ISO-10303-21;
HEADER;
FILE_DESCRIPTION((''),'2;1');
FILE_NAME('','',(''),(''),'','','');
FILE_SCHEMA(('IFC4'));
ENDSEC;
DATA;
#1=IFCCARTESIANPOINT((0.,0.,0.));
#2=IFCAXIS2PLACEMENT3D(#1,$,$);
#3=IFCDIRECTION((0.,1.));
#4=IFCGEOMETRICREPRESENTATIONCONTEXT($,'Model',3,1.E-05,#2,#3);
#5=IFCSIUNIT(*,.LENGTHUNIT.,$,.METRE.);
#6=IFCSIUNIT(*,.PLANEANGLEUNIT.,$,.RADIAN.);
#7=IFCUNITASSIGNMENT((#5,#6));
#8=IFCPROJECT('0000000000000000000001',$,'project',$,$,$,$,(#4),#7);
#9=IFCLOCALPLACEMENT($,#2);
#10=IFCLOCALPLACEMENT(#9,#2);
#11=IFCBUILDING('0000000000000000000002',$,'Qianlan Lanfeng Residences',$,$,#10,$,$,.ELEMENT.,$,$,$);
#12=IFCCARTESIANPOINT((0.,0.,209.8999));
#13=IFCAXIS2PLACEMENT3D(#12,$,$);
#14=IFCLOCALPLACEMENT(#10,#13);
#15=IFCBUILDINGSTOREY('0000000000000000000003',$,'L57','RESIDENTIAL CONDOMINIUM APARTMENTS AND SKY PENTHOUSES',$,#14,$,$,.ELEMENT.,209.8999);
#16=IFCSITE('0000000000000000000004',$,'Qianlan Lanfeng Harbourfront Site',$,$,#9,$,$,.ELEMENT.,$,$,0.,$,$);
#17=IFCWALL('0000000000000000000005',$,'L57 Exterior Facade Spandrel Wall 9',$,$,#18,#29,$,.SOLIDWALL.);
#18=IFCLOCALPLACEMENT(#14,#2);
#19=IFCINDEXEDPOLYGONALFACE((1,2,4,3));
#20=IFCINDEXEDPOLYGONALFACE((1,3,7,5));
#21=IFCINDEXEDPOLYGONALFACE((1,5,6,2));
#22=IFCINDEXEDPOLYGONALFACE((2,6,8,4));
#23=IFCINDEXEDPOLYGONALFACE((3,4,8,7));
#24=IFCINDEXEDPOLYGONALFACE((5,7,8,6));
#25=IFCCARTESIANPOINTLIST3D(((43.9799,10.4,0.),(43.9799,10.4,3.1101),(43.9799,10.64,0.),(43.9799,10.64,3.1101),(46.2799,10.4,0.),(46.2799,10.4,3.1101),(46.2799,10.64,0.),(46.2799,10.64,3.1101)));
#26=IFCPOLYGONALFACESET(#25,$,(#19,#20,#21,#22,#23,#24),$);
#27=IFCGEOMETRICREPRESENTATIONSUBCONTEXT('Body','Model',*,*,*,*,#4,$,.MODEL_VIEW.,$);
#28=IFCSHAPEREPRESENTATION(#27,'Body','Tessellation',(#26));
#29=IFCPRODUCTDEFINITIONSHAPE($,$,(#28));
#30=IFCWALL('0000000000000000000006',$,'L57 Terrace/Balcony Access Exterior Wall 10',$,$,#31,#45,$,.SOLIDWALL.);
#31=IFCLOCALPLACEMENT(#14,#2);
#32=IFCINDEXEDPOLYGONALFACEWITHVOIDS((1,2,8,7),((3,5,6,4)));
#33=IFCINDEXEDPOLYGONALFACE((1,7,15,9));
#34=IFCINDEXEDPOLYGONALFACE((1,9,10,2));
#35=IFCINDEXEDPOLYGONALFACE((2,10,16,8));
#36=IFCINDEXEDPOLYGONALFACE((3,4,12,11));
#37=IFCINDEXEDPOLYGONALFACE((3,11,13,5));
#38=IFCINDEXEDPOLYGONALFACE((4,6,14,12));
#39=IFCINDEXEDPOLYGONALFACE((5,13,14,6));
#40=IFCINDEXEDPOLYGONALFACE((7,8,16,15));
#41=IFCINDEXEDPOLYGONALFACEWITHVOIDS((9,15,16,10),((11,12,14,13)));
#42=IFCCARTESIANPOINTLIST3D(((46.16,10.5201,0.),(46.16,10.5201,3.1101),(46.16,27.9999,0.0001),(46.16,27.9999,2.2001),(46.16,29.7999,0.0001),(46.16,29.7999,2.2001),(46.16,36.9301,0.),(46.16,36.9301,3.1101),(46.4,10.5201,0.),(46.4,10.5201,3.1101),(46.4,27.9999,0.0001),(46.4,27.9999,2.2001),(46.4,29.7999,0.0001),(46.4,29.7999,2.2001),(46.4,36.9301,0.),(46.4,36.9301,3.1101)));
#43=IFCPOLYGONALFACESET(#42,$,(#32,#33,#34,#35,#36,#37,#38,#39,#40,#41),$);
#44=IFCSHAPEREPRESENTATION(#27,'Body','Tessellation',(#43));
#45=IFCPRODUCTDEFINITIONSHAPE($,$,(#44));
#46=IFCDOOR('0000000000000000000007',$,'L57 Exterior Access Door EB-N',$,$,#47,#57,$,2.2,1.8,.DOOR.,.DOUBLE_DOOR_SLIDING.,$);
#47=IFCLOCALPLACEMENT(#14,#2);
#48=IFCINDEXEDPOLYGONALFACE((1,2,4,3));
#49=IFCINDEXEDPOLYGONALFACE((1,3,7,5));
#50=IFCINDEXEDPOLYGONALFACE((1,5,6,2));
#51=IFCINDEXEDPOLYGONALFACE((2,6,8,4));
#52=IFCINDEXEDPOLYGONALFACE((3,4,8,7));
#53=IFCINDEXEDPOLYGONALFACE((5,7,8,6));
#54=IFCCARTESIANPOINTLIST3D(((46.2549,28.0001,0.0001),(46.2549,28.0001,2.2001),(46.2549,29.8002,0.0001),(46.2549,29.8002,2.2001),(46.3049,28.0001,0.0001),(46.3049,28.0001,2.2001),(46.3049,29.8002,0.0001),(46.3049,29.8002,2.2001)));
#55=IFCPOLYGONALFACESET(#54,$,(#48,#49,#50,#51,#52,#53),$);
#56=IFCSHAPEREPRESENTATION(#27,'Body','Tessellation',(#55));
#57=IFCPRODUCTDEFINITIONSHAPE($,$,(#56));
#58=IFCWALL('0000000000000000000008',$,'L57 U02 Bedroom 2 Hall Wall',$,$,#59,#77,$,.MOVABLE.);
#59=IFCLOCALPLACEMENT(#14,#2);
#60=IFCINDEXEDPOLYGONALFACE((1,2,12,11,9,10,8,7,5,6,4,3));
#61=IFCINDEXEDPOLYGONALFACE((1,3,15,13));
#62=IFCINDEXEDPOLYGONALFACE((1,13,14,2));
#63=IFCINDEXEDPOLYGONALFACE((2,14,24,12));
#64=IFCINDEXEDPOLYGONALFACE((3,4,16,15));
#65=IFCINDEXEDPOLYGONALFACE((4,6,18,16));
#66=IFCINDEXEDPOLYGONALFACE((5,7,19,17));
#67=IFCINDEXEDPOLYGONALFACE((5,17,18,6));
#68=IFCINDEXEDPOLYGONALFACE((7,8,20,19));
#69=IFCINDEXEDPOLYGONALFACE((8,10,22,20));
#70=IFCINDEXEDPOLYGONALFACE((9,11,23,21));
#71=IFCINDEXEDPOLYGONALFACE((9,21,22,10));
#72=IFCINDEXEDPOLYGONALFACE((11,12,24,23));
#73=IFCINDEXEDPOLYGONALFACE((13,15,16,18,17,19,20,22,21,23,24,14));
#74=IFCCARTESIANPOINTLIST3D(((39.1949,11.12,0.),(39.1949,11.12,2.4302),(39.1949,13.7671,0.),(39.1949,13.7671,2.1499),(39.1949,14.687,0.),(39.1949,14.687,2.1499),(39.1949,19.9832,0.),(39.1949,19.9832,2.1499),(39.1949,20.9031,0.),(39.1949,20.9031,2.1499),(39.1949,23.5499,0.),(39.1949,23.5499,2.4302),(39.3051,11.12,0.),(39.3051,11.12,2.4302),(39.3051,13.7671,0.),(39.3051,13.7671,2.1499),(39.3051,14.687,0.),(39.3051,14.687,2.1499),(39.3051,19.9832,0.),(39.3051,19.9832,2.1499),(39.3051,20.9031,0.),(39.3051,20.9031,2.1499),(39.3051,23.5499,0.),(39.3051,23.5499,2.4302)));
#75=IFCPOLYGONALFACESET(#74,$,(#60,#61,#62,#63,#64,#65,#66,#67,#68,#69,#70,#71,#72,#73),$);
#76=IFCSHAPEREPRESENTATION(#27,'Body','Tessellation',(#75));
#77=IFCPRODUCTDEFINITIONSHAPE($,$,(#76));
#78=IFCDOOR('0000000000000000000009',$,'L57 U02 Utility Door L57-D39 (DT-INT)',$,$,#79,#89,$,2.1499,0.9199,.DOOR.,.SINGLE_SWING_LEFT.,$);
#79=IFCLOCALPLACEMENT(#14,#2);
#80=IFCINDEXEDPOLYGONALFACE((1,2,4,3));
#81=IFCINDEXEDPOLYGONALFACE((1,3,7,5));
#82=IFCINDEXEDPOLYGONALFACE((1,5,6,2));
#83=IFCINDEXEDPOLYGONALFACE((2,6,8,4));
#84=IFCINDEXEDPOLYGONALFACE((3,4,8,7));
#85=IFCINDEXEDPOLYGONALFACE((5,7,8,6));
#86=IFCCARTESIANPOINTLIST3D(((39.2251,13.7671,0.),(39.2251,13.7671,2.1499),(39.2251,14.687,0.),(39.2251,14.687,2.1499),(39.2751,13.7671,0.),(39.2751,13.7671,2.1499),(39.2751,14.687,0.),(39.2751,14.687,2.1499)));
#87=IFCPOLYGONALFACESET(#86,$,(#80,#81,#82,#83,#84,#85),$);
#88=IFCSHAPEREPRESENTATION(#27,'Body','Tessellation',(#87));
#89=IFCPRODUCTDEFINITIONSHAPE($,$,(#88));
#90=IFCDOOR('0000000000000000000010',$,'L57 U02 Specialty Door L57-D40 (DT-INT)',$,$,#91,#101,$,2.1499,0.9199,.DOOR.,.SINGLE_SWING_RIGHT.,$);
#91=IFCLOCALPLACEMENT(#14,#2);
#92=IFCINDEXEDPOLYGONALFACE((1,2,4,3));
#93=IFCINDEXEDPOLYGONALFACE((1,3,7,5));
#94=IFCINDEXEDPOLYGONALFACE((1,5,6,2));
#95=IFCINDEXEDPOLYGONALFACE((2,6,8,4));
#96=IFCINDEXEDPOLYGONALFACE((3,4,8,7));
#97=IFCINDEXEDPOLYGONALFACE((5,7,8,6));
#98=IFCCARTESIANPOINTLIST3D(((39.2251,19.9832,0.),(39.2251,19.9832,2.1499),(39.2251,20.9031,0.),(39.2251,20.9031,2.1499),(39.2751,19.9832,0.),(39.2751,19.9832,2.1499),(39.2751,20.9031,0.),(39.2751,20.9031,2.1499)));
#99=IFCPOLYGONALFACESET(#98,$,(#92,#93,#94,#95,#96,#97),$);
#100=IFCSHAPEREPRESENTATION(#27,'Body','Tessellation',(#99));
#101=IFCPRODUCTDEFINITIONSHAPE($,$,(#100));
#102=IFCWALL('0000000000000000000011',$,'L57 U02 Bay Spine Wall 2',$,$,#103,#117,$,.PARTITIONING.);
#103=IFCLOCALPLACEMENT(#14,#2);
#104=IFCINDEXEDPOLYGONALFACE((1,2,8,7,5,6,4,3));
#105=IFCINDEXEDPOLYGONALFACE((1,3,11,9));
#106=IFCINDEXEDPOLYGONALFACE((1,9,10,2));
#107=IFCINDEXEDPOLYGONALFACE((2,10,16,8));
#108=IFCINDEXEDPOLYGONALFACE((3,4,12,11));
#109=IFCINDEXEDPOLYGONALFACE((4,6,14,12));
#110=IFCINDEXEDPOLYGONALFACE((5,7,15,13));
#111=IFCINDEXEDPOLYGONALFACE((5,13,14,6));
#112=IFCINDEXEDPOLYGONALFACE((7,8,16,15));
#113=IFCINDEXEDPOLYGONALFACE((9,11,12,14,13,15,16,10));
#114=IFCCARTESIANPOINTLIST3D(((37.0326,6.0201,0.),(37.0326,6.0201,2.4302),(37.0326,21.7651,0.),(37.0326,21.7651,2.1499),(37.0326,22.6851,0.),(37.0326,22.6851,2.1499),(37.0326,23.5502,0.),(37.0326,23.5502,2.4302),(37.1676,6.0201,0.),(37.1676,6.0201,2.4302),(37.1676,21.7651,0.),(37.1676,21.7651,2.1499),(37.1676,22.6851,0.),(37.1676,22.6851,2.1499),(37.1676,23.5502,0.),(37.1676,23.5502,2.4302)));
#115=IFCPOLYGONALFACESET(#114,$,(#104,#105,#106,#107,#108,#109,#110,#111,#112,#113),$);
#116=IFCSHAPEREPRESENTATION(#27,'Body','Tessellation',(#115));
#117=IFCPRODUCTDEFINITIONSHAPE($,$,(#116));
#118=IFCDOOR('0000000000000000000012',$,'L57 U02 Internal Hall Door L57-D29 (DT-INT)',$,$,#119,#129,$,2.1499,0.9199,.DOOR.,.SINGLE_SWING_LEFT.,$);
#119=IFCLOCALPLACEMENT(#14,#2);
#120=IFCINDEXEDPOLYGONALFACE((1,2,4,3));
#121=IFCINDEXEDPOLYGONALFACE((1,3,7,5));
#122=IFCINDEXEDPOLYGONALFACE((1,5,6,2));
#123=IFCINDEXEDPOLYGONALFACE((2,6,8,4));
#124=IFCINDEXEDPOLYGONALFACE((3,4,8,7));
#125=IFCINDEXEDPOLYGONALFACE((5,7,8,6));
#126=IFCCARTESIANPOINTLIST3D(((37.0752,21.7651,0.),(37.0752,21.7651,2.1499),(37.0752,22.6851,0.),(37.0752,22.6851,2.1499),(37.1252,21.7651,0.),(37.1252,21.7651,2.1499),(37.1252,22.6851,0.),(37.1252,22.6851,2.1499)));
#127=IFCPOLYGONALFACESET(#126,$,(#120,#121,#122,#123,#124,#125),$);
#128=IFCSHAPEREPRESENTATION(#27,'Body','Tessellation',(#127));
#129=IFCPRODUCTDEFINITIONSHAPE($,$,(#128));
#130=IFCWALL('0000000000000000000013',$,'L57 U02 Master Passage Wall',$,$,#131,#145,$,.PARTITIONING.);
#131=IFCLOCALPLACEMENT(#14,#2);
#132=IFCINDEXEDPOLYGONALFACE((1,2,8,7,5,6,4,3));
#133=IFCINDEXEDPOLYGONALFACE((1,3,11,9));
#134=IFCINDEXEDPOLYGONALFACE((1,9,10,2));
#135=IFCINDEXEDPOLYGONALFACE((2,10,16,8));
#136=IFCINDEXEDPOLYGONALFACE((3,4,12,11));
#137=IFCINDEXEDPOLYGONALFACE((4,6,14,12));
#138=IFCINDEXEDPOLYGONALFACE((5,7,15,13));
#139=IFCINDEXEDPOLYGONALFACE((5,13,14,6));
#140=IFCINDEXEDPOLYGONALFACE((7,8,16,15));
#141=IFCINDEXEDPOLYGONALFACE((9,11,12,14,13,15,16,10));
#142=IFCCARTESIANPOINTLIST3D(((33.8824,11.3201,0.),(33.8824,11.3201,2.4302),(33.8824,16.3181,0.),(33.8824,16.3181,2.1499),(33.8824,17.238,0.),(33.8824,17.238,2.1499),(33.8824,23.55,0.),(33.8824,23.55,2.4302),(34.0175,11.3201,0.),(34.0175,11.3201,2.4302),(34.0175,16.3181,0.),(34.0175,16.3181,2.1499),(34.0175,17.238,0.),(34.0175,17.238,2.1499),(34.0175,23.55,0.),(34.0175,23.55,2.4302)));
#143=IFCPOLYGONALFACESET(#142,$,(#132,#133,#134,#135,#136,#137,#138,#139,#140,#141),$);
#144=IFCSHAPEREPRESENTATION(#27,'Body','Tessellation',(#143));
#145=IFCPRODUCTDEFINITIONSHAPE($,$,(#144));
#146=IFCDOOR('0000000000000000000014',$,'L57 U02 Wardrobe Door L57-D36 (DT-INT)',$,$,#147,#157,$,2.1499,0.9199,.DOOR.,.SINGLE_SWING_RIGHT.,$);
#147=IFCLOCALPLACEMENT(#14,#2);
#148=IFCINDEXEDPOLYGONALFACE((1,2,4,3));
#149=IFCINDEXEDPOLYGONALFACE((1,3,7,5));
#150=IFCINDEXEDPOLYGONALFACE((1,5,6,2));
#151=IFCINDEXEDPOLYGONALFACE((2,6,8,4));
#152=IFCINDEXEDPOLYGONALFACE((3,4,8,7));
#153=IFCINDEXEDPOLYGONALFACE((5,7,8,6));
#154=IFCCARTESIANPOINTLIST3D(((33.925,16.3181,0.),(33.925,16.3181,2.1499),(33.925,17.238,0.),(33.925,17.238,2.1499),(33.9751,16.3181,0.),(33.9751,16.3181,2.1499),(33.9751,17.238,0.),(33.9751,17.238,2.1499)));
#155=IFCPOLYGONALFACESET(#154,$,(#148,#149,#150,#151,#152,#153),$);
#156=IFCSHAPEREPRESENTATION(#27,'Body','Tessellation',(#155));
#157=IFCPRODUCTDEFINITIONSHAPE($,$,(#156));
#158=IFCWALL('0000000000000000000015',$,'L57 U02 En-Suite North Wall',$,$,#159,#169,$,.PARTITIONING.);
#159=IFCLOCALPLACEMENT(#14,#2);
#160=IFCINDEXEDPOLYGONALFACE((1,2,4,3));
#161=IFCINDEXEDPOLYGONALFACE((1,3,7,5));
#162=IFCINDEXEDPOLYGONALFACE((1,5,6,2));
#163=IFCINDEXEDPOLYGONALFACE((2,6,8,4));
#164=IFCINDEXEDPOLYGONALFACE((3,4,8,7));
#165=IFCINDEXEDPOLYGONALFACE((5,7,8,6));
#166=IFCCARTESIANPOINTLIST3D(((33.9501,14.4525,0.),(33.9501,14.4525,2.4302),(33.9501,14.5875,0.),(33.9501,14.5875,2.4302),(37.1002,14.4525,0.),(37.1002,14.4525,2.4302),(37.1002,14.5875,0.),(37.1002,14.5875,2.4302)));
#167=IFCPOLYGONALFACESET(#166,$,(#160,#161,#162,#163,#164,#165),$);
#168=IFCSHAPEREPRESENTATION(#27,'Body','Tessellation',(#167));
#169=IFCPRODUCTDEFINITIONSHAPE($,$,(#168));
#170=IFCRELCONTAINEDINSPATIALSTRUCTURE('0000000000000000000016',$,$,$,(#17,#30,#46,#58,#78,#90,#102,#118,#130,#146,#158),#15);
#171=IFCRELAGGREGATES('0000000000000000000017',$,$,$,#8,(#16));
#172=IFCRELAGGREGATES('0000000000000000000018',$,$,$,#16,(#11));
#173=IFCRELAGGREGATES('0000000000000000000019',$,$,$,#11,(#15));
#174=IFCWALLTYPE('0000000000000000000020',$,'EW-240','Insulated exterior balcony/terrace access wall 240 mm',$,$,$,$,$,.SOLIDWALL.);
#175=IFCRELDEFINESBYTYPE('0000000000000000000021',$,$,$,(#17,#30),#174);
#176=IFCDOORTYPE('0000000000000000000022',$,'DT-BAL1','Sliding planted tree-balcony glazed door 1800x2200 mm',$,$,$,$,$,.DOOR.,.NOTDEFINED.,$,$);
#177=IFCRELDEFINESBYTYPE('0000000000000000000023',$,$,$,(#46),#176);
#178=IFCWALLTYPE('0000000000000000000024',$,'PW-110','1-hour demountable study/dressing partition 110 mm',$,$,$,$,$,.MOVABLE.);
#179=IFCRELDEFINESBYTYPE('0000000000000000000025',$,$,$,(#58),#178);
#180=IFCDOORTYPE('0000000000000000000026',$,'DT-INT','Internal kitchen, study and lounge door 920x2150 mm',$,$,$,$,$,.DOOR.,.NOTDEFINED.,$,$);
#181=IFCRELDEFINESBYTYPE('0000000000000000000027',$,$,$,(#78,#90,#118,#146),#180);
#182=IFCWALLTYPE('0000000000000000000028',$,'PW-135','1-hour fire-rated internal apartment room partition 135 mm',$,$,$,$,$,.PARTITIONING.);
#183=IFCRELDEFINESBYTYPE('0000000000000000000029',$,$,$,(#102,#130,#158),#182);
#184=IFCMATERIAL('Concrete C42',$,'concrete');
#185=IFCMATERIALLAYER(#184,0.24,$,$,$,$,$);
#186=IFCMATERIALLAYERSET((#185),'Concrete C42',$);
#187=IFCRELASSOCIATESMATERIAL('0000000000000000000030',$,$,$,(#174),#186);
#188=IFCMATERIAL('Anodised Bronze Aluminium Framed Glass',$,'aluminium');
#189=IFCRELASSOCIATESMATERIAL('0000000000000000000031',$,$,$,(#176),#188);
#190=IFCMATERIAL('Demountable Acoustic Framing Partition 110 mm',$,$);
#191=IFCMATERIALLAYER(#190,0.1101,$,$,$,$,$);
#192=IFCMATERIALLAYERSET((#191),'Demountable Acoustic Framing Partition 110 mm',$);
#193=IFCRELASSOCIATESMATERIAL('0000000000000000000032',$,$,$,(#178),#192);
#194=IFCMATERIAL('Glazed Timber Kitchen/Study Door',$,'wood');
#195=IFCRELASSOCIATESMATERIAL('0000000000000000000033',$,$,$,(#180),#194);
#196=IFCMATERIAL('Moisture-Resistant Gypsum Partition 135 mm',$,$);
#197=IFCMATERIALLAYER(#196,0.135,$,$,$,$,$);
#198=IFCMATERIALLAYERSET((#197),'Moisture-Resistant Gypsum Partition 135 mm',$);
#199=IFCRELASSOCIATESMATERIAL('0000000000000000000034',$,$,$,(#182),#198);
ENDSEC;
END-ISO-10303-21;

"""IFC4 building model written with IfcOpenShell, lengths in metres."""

from ifc_helpers import new_model, si_unit, direction, frame, frame_2d, origin, place, context, subcontext, project, spatial, rectangle, extrude, material, layer, layer_set, type_object, element, fill, save


model = new_model("IFC4")

# Units and contexts
model_context = context("Model", 3, precision=1e-05, world=origin(), true_north=direction((0.0, 1.0)))
body_context = subcontext(model_context, "Body", "Model", "MODEL_VIEW")
ifc_project = project(units=[si_unit("LENGTHUNIT", "METRE"), si_unit("PLANEANGLEUNIT", "RADIAN")], contexts=[model_context])

# Site, building, storey
site_placement = place(None, origin())
site = spatial("IfcSite", under=ifc_project, at=site_placement, Name="Qianlan Lanfeng Harbourfront Site", CompositionType="ELEMENT", RefElevation=0.0)
building_placement = place(site_placement, origin())
building = spatial("IfcBuilding", under=site, at=building_placement, Name="Qianlan Lanfeng Residences", CompositionType="ELEMENT")
storey_placement = place(building_placement, frame((0.0, 0.0, 209.8999)))
storey = spatial("IfcBuildingStorey", under=building, at=storey_placement, Name="L57", Description="RESIDENTIAL CONDOMINIUM APARTMENTS AND SKY PENTHOUSES", CompositionType="ELEMENT", Elevation=209.8999)

# Shared definitions
ifc_material_1 = material(Name="Concrete C42", Category="concrete")
ifc_layer_1 = layer(ifc_material_1, 0.24)
ifc_layer_set_1 = layer_set([ifc_layer_1], Name="Concrete C42")
wall_type_1 = type_object("IfcWallType", Name="EW-240", Description="Insulated exterior balcony/terrace access wall 240 mm", PredefinedType="SOLIDWALL", material=ifc_layer_set_1)

# Wall
for number, where, z_axis, x_axis, name in (
    (1, (43.98, 10.52, 0.0), (0.0, 0.0, 1.0), (1.0, 0.0, 0.0), "L57 Exterior Facade Spandrel Wall 9"),
):
    element("IfcWall", number, at=place(storey_placement, frame(where, z_axis=z_axis, x_axis=x_axis)), inside=storey, type_object=wall_type_1, Name=name, PredefinedType="SOLIDWALL", context=body_context, shape_type="SweptSolid", body=[
        extrude(rectangle(XDim=2.3, YDim=0.24, at=frame_2d((1.1499, 0.0))), origin(), (0.0, 0.0, 1.0), 3.1101),
    ])

# Wall, opening, door
wall_1_placement = place(storey_placement, frame((46.28, 10.52, 0.0), z_axis=(0.0, 0.0, 1.0), x_axis=(0.0, 1.0, 0.0)))
wall_1 = element("IfcWall", 2, at=wall_1_placement, inside=storey, type_object=wall_type_1, Name="L57 Terrace/Balcony Access Exterior Wall 10", PredefinedType="SOLIDWALL", context=body_context, shape_type="SweptSolid", body=[
    extrude(rectangle(XDim=26.4099, YDim=0.24, at=frame_2d((13.2051, 0.0))), origin(), (0.0, 0.0, 1.0), 3.1101),
])
opening_1_placement = place(wall_1_placement, frame((17.48, 0.0, 0.0)))
opening_1 = element("IfcOpeningElement", 3, at=opening_1_placement, cuts=wall_1, PredefinedType="OPENING", context=body_context, shape_type="SweptSolid", body=[
    extrude(rectangle(XDim=1.8, YDim=2.2, at=frame_2d((0.8999, 1.1001))), frame((0.0, 0.1299, 0.0), z_axis=(0.0, -1.0, 0.0), x_axis=(1.0, 0.0, 0.0)), (0.0, 0.0, 1.0), 0.26),
])
ifc_material_2 = material(Name="Anodised Bronze Aluminium Framed Glass", Category="aluminium")
door_type_1 = type_object("IfcDoorType", Name="DT-BAL1", Description="Sliding planted tree-balcony glazed door 1800x2200 mm", OperationType="NOTDEFINED", PredefinedType="DOOR", material=ifc_material_2)
door_1_placement = place(opening_1_placement, frame((1.8, 0.0, 0.0), z_axis=(0.0, 0.0, 1.0), x_axis=(-1.0, 0.0, 0.0)))
door_1 = element("IfcDoor", 4, at=door_1_placement, inside=storey, type_object=door_type_1, Name="L57 Exterior Access Door EB-N", OperationType="DOUBLE_DOOR_SLIDING", OverallHeight=2.2, OverallWidth=1.8, PredefinedType="DOOR", context=body_context, shape_type="SweptSolid", body=[
    extrude(rectangle(XDim=1.8, YDim=2.2, at=frame_2d((0.8999, 1.1001))), frame((0.0, 0.0249, 0.0), z_axis=(0.0, -1.0, 0.0), x_axis=(1.0, 0.0, 0.0)), (0.0, 0.0, 1.0), 0.05),
])
fill(opening_1, door_1)

# Wall, openings, doors
ifc_material_3 = material(Name="Demountable Acoustic Framing Partition 110 mm")
ifc_layer_2 = layer(ifc_material_3, 0.1101)
ifc_layer_set_2 = layer_set([ifc_layer_2], Name="Demountable Acoustic Framing Partition 110 mm")
wall_type_2 = type_object("IfcWallType", Name="PW-110", Description="1-hour demountable study/dressing partition 110 mm", PredefinedType="MOVABLE", material=ifc_layer_set_2)
wall_2_placement = place(storey_placement, frame((39.25, 11.1201, 0.0), z_axis=(0.0, 0.0, 1.0), x_axis=(0.0, 1.0, 0.0)))
wall_2 = element("IfcWall", 5, at=wall_2_placement, inside=storey, type_object=wall_type_2, Name="L57 U02 Bedroom 2 Hall Wall", PredefinedType="MOVABLE", context=body_context, shape_type="SweptSolid", body=[
    extrude(rectangle(XDim=12.4299, YDim=0.1101, at=frame_2d((6.2148, 0.0))), origin(), (0.0, 0.0, 1.0), 2.4302),
])
opening_2_placement = place(wall_2_placement, frame((2.647, 0.0, 0.0)))
opening_2 = element("IfcOpeningElement", 6, at=opening_2_placement, cuts=wall_2, PredefinedType="OPENING", context=body_context, shape_type="SweptSolid", body=[
    extrude(rectangle(XDim=0.9199, YDim=2.1499, at=frame_2d((0.46, 1.075))), frame((0.0, 0.0649, 0.0), z_axis=(0.0, -1.0, 0.0), x_axis=(1.0, 0.0, 0.0)), (0.0, 0.0, 1.0), 0.1301),
])
opening_3_placement = place(wall_2_placement, frame((8.863, 0.0, 0.0)))
opening_3 = element("IfcOpeningElement", 7, at=opening_3_placement, cuts=wall_2, PredefinedType="OPENING", context=body_context, shape_type="SweptSolid", body=[
    extrude(rectangle(XDim=0.9199, YDim=2.1499, at=frame_2d((0.46, 1.075))), frame((0.0, 0.0649, 0.0), z_axis=(0.0, -1.0, 0.0), x_axis=(1.0, 0.0, 0.0)), (0.0, 0.0, 1.0), 0.1301),
])
ifc_material_4 = material(Name="Glazed Timber Kitchen/Study Door", Category="wood")
door_type_2 = type_object("IfcDoorType", Name="DT-INT", Description="Internal kitchen, study and lounge door 920x2150 mm", OperationType="NOTDEFINED", PredefinedType="DOOR", material=ifc_material_4)
door_2_placement = place(opening_2_placement, origin())
door_2 = element("IfcDoor", 8, at=door_2_placement, inside=storey, type_object=door_type_2, Name="L57 U02 Utility Door L57-D39 (DT-INT)", OperationType="SINGLE_SWING_LEFT", OverallHeight=2.1499, OverallWidth=0.9199, PredefinedType="DOOR", context=body_context, shape_type="SweptSolid", body=[
    extrude(rectangle(XDim=0.9199, YDim=2.1499, at=frame_2d((0.46, 1.075))), frame((0.0, 0.0249, 0.0), z_axis=(0.0, -1.0, 0.0), x_axis=(1.0, 0.0, 0.0)), (0.0, 0.0, 1.0), 0.05),
])
fill(opening_2, door_2)
door_3_placement = place(opening_3_placement, origin())
door_3 = element("IfcDoor", 9, at=door_3_placement, inside=storey, type_object=door_type_2, Name="L57 U02 Specialty Door L57-D40 (DT-INT)", OperationType="SINGLE_SWING_RIGHT", OverallHeight=2.1499, OverallWidth=0.9199, PredefinedType="DOOR", context=body_context, shape_type="SweptSolid", body=[
    extrude(rectangle(XDim=0.9199, YDim=2.1499, at=frame_2d((0.46, 1.075))), frame((0.0, 0.0249, 0.0), z_axis=(0.0, -1.0, 0.0), x_axis=(1.0, 0.0, 0.0)), (0.0, 0.0, 1.0), 0.05),
])
fill(opening_3, door_3)

# Walls, openings, doors
ifc_material_5 = material(Name="Moisture-Resistant Gypsum Partition 135 mm")
ifc_layer_3 = layer(ifc_material_5, 0.135)
ifc_layer_set_3 = layer_set([ifc_layer_3], Name="Moisture-Resistant Gypsum Partition 135 mm")
wall_type_3 = type_object("IfcWallType", Name="PW-135", Description="1-hour fire-rated internal apartment room partition 135 mm", PredefinedType="PARTITIONING", material=ifc_layer_set_3)
wall_3_placement = place(storey_placement, frame((37.1001, 6.02, 0.0), z_axis=(0.0, 0.0, 1.0), x_axis=(0.0, 1.0, 0.0)))
wall_3 = element("IfcWall", 10, at=wall_3_placement, inside=storey, type_object=wall_type_3, Name="L57 U02 Bay Spine Wall 2", PredefinedType="PARTITIONING", context=body_context, shape_type="SweptSolid", body=[
    extrude(rectangle(XDim=17.53, YDim=0.135, at=frame_2d((8.7651, 0.0))), origin(), (0.0, 0.0, 1.0), 2.4302),
])
opening_4_placement = place(wall_3_placement, frame((15.7451, 0.0, 0.0)))
opening_4 = element("IfcOpeningElement", 11, at=opening_4_placement, cuts=wall_3, PredefinedType="OPENING", context=body_context, shape_type="SweptSolid", body=[
    extrude(rectangle(XDim=0.9199, YDim=2.1499, at=frame_2d((0.46, 1.075))), frame((0.0, 0.0776, 0.0), z_axis=(0.0, -1.0, 0.0), x_axis=(1.0, 0.0, 0.0)), (0.0, 0.0, 1.0), 0.155),
])
door_4_placement = place(opening_4_placement, origin())
door_4 = element("IfcDoor", 12, at=door_4_placement, inside=storey, type_object=door_type_2, Name="L57 U02 Internal Hall Door L57-D29 (DT-INT)", OperationType="SINGLE_SWING_LEFT", OverallHeight=2.1499, OverallWidth=0.9199, PredefinedType="DOOR", context=body_context, shape_type="SweptSolid", body=[
    extrude(rectangle(XDim=0.9199, YDim=2.1499, at=frame_2d((0.46, 1.075))), frame((0.0, 0.0249, 0.0), z_axis=(0.0, -1.0, 0.0), x_axis=(1.0, 0.0, 0.0)), (0.0, 0.0, 1.0), 0.05),
])
fill(opening_4, door_4)
wall_4_placement = place(storey_placement, frame((33.95, 11.3201, 0.0), z_axis=(0.0, 0.0, 1.0), x_axis=(0.0, 1.0, 0.0)))
wall_4 = element("IfcWall", 13, at=wall_4_placement, inside=storey, type_object=wall_type_3, Name="L57 U02 Master Passage Wall", PredefinedType="PARTITIONING", context=body_context, shape_type="SweptSolid", body=[
    extrude(rectangle(XDim=12.23, YDim=0.135, at=frame_2d((6.115, 0.0))), origin(), (0.0, 0.0, 1.0), 2.4302),
])
opening_5_placement = place(wall_4_placement, frame((4.998, 0.0, 0.0)))
opening_5 = element("IfcOpeningElement", 14, at=opening_5_placement, cuts=wall_4, PredefinedType="OPENING", context=body_context, shape_type="SweptSolid", body=[
    extrude(rectangle(XDim=0.9199, YDim=2.1499, at=frame_2d((0.46, 1.075))), frame((0.0, 0.0776, 0.0), z_axis=(0.0, -1.0, 0.0), x_axis=(1.0, 0.0, 0.0)), (0.0, 0.0, 1.0), 0.155),
])
door_5_placement = place(opening_5_placement, origin())
door_5 = element("IfcDoor", 15, at=door_5_placement, inside=storey, type_object=door_type_2, Name="L57 U02 Wardrobe Door L57-D36 (DT-INT)", OperationType="SINGLE_SWING_RIGHT", OverallHeight=2.1499, OverallWidth=0.9199, PredefinedType="DOOR", context=body_context, shape_type="SweptSolid", body=[
    extrude(rectangle(XDim=0.9199, YDim=2.1499, at=frame_2d((0.46, 1.075))), frame((0.0, 0.0249, 0.0), z_axis=(0.0, -1.0, 0.0), x_axis=(1.0, 0.0, 0.0)), (0.0, 0.0, 1.0), 0.05),
])
fill(opening_5, door_5)

# Wall
wall_5_placement = place(storey_placement, frame((33.95, 14.52, 0.0), z_axis=(0.0, 0.0, 1.0), x_axis=(1.0, 0.0, 0.0)))
element("IfcWall", 16, at=wall_5_placement, inside=storey, type_object=wall_type_3, Name="L57 U02 En-Suite North Wall", PredefinedType="PARTITIONING", context=body_context, shape_type="SweptSolid", body=[
    extrude(rectangle(XDim=3.1501, YDim=0.135, at=frame_2d((1.5752, 0.0))), origin(), (0.0, 0.0, 1.0), 2.4302),
])

save(model, "model.ifc")
